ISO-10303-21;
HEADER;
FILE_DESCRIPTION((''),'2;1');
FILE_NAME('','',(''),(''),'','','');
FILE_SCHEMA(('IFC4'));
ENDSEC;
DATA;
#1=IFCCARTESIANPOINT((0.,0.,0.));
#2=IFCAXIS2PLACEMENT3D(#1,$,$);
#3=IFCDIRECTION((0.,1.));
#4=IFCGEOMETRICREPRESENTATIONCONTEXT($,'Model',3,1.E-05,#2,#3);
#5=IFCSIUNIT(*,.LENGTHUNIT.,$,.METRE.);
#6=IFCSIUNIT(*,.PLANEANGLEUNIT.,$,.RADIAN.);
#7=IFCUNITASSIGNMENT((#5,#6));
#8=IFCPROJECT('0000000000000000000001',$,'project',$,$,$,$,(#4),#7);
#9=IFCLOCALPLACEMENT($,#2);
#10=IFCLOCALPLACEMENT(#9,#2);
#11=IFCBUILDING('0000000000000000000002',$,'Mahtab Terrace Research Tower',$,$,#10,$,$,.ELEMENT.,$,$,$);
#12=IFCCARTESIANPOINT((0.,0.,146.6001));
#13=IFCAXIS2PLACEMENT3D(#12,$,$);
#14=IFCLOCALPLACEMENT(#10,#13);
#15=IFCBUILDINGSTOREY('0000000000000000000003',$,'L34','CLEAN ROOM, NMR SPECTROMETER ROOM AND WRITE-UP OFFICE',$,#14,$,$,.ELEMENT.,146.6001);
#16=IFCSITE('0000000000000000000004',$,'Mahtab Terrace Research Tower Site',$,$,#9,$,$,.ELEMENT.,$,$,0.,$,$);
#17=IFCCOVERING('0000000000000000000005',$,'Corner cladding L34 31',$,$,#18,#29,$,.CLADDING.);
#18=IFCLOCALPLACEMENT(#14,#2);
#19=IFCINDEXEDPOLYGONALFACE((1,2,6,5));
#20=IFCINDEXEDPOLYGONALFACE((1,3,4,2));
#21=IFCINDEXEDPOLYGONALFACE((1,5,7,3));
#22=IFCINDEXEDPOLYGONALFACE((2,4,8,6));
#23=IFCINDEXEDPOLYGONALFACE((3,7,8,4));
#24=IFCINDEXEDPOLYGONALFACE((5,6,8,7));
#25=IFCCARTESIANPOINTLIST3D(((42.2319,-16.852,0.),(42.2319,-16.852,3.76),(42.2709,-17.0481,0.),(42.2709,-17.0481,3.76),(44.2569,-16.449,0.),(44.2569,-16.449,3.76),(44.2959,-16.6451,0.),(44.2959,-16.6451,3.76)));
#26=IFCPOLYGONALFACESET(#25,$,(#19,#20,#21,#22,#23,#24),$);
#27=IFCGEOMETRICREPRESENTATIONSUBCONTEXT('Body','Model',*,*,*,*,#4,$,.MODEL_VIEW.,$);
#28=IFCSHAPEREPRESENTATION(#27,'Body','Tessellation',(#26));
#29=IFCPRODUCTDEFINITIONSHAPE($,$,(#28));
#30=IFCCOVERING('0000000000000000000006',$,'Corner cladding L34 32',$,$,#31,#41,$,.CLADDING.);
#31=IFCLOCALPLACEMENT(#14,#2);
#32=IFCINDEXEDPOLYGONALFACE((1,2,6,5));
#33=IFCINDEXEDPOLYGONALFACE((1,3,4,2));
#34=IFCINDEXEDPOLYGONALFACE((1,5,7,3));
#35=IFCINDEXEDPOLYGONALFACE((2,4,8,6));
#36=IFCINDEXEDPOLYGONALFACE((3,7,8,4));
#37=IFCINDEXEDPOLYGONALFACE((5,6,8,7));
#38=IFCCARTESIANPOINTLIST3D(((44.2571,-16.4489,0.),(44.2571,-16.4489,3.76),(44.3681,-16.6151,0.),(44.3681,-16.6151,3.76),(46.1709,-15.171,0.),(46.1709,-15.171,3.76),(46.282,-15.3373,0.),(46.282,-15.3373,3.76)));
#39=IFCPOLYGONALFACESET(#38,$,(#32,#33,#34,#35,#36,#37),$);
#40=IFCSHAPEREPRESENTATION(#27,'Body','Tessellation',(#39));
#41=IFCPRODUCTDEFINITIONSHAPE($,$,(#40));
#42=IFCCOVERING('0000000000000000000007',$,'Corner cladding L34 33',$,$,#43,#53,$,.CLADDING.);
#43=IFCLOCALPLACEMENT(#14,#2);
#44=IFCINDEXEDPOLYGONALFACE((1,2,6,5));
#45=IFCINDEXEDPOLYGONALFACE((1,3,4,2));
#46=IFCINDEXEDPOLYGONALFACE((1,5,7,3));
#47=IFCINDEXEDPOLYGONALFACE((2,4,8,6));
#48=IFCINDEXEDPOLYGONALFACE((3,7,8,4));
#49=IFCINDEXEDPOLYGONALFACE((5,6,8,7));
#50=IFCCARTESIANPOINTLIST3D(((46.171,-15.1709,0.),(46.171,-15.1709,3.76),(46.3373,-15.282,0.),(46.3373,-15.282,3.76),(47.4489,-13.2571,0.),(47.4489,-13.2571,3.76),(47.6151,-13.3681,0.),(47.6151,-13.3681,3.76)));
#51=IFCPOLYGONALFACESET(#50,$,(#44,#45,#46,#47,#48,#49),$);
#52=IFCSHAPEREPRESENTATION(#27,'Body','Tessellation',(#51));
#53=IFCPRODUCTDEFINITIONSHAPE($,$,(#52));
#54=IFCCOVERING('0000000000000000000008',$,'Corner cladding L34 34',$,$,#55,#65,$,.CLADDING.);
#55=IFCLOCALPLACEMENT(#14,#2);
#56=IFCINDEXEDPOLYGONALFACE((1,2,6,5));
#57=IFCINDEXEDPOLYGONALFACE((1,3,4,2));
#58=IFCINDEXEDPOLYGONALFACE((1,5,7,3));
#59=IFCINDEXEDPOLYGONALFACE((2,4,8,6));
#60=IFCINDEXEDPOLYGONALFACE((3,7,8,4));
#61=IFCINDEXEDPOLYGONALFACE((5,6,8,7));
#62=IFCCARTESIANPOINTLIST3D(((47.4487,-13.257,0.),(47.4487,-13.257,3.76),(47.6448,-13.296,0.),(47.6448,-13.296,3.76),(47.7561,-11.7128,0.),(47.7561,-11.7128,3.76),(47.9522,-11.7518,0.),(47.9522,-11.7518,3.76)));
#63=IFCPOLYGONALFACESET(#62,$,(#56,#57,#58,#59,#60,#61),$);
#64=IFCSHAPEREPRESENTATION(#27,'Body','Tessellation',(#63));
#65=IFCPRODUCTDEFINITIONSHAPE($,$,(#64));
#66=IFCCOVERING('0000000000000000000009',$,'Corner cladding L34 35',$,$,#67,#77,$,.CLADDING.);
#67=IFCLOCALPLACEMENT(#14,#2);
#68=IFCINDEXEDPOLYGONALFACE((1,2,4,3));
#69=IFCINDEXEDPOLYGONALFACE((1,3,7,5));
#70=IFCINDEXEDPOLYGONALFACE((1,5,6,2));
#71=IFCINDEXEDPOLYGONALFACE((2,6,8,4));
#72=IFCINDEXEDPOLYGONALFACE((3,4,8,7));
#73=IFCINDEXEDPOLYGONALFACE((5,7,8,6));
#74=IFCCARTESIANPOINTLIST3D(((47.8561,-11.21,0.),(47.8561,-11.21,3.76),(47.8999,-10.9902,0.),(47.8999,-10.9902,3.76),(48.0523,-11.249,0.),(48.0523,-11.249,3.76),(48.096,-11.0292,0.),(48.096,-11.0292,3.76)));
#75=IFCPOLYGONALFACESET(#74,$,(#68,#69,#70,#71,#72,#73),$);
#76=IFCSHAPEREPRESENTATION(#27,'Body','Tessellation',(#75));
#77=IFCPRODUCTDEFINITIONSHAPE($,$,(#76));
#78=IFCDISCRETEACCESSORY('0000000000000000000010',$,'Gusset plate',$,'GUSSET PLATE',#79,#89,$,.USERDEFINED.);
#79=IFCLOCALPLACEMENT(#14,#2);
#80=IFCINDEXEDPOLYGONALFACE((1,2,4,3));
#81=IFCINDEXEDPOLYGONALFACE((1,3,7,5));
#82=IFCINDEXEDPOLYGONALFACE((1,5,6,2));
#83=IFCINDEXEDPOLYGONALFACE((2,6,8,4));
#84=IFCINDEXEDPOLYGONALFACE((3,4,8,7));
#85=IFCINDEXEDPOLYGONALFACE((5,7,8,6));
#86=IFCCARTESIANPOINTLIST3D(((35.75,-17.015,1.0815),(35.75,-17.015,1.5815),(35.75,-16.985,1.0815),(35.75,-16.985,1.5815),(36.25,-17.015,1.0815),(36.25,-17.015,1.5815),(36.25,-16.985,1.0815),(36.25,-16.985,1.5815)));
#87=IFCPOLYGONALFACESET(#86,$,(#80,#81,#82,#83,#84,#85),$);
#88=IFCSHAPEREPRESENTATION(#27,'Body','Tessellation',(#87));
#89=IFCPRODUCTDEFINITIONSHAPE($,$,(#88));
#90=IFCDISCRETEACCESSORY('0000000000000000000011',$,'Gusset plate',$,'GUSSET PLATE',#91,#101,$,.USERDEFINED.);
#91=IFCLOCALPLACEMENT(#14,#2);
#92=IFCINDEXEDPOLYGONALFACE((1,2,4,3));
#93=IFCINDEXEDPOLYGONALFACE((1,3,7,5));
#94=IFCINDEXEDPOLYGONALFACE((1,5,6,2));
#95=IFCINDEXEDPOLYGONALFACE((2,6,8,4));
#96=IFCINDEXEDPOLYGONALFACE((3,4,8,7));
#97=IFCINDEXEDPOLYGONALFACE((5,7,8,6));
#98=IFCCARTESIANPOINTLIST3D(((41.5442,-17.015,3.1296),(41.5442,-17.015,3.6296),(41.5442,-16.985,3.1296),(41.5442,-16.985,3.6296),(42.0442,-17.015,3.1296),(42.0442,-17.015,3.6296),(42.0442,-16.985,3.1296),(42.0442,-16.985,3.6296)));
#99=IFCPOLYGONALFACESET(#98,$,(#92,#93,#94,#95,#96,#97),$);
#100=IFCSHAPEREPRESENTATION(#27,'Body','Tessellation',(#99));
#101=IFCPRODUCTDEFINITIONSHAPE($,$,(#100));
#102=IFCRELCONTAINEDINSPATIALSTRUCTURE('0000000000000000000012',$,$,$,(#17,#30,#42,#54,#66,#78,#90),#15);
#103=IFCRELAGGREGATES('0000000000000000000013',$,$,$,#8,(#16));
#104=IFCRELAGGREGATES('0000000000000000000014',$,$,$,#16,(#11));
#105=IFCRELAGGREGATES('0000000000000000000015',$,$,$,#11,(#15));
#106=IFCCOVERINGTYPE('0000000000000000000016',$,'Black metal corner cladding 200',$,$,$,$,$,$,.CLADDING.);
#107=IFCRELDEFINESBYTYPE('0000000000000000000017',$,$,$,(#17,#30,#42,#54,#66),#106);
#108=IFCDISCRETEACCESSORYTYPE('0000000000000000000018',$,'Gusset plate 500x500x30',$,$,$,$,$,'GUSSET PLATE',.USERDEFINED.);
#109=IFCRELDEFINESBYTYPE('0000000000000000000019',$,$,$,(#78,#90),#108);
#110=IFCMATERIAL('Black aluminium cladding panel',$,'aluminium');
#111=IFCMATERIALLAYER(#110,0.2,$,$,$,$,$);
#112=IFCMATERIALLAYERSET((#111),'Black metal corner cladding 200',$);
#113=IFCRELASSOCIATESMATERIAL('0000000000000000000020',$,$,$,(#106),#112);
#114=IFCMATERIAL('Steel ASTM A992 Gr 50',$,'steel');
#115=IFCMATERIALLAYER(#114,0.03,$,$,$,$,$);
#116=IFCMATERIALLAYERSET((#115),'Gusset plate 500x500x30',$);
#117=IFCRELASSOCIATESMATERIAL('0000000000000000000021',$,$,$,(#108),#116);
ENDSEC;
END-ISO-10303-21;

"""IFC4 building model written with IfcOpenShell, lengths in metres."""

from ifc_helpers import new_model, si_unit, direction, frame, origin, origin_2d, place, context, subcontext, project, spatial, rectangle, extrude, material, layer, layer_set, type_object, element, save


model = new_model("IFC4")

# Units and contexts
model_context = context("Model", 3, precision=1e-05, world=origin(), true_north=direction((0.0, 1.0)))
body_context = subcontext(model_context, "Body", "Model", "MODEL_VIEW")
ifc_project = project(units=[si_unit("LENGTHUNIT", "METRE"), si_unit("PLANEANGLEUNIT", "RADIAN")], contexts=[model_context])

# Site, building, storey
site_placement = place(None, origin())
site = spatial("IfcSite", under=ifc_project, at=site_placement, Name="Mahtab Terrace Research Tower Site", CompositionType="ELEMENT", RefElevation=0.0)
building_placement = place(site_placement, origin())
building = spatial("IfcBuilding", under=site, at=building_placement, Name="Mahtab Terrace Research Tower", CompositionType="ELEMENT")
storey_placement = place(building_placement, frame((0.0, 0.0, 146.6001)))
storey = spatial("IfcBuildingStorey", under=building, at=storey_placement, Name="L34", Description="CLEAN ROOM, NMR SPECTROMETER ROOM AND WRITE-UP OFFICE", CompositionType="ELEMENT", Elevation=146.6001)

# Shared definitions
ifc_material_1 = material(Name="Steel ASTM A992 Gr 50", Category="steel")

# Coverings
ifc_material_2 = material(Name="Black aluminium cladding panel", Category="aluminium")
ifc_layer_1 = layer(ifc_material_2, 0.2)
ifc_layer_set_1 = layer_set([ifc_layer_1], Name="Black metal corner cladding 200")
covering_type = type_object("IfcCoveringType", Name="Black metal corner cladding 200", PredefinedType="CLADDING", material=ifc_layer_set_1)
covering_1_placement = place(storey_placement, frame((43.2639, -16.7485, 0.0), z_axis=(0.0, 0.0, 1.0), x_axis=(0.980761, 0.195212, 0.0)))
element("IfcCovering", 1, at=covering_1_placement, inside=storey, type_object=covering_type, Name="Corner cladding L34 31", PredefinedType="CLADDING", context=body_context, shape_type="SweptSolid", body=[
    extrude(rectangle(XDim=2.0647, YDim=0.2, at=origin_2d()), origin(), (0.0, 0.0, 1.0), 3.76),
])
for number, where, z_axis, x_axis, name in (
    (2, (45.2695, -15.8931, 0.0), (0.0, 0.0, 1.0), (0.831656, 0.555291, 0.0), "Corner cladding L34 32"),
    (3, (46.8931, -14.2695, 0.0), (0.0, 0.0, 1.0), (0.555291, 0.831656, 0.0), "Corner cladding L34 33"),
):
    element("IfcCovering", number, at=place(storey_placement, frame(where, z_axis=z_axis, x_axis=x_axis)), inside=storey, type_object=covering_type, Name=name, PredefinedType="CLADDING", context=body_context, shape_type="SweptSolid", body=[
        extrude(rectangle(XDim=2.3013, YDim=0.2, at=origin_2d()), origin(), (0.0, 0.0, 1.0), 3.76),
    ])
covering_2_placement = place(storey_placement, frame((47.7004, -12.5044, 0.0), z_axis=(0.0, 0.0, 1.0), x_axis=(0.195212, 0.980761, 0.0)))
element("IfcCovering", 4, at=covering_2_placement, inside=storey, type_object=covering_type, Name="Corner cladding L34 34", PredefinedType="CLADDING", context=body_context, shape_type="SweptSolid", body=[
    extrude(rectangle(XDim=1.5745, YDim=0.2, at=origin_2d()), origin(), (0.0, 0.0, 1.0), 3.76),
])
covering_3_placement = place(storey_placement, frame((47.9761, -11.1196, 0.0), z_axis=(0.0, 0.0, 1.0), x_axis=(0.195212, 0.980761, 0.0)))
element("IfcCovering", 5, at=covering_3_placement, inside=storey, type_object=covering_type, Name="Corner cladding L34 35", PredefinedType="CLADDING", context=body_context, shape_type="SweptSolid", body=[
    extrude(rectangle(XDim=0.2241, YDim=0.2, at=origin_2d()), origin(), (0.0, 0.0, 1.0), 3.76),
])

# Discrete accessories
ifc_layer_2 = layer(ifc_material_1, 0.03)
ifc_layer_set_2 = layer_set([ifc_layer_2], Name="Gusset plate 500x500x30")
discrete_accessory_type = type_object("IfcDiscreteAccessoryType", Name="Gusset plate 500x500x30", ElementType="GUSSET PLATE", PredefinedType="USERDEFINED", material=ifc_layer_set_2)
for number, where, z_axis, x_axis, name in (
    (6, (36.0, -17.0, 1.0815), (0.0, 0.0, 1.0), (1.0, 0.0, 0.0), "Gusset plate"),
    (7, (41.7942, -17.0, 3.1296), (0.0, 0.0, 1.0), (1.0, 0.0, 0.0), "Gusset plate"),
):
    element("IfcDiscreteAccessory", number, at=place(storey_placement, frame(where, z_axis=z_axis, x_axis=x_axis)), inside=storey, type_object=discrete_accessory_type, Name=name, ObjectType="GUSSET PLATE", PredefinedType="USERDEFINED", context=body_context, shape_type="SweptSolid", body=[
        extrude(rectangle(XDim=0.5, YDim=0.03, at=origin_2d()), origin(), (0.0, 0.0, 1.0), 0.5),
    ])

save(model, "model.ifc")
